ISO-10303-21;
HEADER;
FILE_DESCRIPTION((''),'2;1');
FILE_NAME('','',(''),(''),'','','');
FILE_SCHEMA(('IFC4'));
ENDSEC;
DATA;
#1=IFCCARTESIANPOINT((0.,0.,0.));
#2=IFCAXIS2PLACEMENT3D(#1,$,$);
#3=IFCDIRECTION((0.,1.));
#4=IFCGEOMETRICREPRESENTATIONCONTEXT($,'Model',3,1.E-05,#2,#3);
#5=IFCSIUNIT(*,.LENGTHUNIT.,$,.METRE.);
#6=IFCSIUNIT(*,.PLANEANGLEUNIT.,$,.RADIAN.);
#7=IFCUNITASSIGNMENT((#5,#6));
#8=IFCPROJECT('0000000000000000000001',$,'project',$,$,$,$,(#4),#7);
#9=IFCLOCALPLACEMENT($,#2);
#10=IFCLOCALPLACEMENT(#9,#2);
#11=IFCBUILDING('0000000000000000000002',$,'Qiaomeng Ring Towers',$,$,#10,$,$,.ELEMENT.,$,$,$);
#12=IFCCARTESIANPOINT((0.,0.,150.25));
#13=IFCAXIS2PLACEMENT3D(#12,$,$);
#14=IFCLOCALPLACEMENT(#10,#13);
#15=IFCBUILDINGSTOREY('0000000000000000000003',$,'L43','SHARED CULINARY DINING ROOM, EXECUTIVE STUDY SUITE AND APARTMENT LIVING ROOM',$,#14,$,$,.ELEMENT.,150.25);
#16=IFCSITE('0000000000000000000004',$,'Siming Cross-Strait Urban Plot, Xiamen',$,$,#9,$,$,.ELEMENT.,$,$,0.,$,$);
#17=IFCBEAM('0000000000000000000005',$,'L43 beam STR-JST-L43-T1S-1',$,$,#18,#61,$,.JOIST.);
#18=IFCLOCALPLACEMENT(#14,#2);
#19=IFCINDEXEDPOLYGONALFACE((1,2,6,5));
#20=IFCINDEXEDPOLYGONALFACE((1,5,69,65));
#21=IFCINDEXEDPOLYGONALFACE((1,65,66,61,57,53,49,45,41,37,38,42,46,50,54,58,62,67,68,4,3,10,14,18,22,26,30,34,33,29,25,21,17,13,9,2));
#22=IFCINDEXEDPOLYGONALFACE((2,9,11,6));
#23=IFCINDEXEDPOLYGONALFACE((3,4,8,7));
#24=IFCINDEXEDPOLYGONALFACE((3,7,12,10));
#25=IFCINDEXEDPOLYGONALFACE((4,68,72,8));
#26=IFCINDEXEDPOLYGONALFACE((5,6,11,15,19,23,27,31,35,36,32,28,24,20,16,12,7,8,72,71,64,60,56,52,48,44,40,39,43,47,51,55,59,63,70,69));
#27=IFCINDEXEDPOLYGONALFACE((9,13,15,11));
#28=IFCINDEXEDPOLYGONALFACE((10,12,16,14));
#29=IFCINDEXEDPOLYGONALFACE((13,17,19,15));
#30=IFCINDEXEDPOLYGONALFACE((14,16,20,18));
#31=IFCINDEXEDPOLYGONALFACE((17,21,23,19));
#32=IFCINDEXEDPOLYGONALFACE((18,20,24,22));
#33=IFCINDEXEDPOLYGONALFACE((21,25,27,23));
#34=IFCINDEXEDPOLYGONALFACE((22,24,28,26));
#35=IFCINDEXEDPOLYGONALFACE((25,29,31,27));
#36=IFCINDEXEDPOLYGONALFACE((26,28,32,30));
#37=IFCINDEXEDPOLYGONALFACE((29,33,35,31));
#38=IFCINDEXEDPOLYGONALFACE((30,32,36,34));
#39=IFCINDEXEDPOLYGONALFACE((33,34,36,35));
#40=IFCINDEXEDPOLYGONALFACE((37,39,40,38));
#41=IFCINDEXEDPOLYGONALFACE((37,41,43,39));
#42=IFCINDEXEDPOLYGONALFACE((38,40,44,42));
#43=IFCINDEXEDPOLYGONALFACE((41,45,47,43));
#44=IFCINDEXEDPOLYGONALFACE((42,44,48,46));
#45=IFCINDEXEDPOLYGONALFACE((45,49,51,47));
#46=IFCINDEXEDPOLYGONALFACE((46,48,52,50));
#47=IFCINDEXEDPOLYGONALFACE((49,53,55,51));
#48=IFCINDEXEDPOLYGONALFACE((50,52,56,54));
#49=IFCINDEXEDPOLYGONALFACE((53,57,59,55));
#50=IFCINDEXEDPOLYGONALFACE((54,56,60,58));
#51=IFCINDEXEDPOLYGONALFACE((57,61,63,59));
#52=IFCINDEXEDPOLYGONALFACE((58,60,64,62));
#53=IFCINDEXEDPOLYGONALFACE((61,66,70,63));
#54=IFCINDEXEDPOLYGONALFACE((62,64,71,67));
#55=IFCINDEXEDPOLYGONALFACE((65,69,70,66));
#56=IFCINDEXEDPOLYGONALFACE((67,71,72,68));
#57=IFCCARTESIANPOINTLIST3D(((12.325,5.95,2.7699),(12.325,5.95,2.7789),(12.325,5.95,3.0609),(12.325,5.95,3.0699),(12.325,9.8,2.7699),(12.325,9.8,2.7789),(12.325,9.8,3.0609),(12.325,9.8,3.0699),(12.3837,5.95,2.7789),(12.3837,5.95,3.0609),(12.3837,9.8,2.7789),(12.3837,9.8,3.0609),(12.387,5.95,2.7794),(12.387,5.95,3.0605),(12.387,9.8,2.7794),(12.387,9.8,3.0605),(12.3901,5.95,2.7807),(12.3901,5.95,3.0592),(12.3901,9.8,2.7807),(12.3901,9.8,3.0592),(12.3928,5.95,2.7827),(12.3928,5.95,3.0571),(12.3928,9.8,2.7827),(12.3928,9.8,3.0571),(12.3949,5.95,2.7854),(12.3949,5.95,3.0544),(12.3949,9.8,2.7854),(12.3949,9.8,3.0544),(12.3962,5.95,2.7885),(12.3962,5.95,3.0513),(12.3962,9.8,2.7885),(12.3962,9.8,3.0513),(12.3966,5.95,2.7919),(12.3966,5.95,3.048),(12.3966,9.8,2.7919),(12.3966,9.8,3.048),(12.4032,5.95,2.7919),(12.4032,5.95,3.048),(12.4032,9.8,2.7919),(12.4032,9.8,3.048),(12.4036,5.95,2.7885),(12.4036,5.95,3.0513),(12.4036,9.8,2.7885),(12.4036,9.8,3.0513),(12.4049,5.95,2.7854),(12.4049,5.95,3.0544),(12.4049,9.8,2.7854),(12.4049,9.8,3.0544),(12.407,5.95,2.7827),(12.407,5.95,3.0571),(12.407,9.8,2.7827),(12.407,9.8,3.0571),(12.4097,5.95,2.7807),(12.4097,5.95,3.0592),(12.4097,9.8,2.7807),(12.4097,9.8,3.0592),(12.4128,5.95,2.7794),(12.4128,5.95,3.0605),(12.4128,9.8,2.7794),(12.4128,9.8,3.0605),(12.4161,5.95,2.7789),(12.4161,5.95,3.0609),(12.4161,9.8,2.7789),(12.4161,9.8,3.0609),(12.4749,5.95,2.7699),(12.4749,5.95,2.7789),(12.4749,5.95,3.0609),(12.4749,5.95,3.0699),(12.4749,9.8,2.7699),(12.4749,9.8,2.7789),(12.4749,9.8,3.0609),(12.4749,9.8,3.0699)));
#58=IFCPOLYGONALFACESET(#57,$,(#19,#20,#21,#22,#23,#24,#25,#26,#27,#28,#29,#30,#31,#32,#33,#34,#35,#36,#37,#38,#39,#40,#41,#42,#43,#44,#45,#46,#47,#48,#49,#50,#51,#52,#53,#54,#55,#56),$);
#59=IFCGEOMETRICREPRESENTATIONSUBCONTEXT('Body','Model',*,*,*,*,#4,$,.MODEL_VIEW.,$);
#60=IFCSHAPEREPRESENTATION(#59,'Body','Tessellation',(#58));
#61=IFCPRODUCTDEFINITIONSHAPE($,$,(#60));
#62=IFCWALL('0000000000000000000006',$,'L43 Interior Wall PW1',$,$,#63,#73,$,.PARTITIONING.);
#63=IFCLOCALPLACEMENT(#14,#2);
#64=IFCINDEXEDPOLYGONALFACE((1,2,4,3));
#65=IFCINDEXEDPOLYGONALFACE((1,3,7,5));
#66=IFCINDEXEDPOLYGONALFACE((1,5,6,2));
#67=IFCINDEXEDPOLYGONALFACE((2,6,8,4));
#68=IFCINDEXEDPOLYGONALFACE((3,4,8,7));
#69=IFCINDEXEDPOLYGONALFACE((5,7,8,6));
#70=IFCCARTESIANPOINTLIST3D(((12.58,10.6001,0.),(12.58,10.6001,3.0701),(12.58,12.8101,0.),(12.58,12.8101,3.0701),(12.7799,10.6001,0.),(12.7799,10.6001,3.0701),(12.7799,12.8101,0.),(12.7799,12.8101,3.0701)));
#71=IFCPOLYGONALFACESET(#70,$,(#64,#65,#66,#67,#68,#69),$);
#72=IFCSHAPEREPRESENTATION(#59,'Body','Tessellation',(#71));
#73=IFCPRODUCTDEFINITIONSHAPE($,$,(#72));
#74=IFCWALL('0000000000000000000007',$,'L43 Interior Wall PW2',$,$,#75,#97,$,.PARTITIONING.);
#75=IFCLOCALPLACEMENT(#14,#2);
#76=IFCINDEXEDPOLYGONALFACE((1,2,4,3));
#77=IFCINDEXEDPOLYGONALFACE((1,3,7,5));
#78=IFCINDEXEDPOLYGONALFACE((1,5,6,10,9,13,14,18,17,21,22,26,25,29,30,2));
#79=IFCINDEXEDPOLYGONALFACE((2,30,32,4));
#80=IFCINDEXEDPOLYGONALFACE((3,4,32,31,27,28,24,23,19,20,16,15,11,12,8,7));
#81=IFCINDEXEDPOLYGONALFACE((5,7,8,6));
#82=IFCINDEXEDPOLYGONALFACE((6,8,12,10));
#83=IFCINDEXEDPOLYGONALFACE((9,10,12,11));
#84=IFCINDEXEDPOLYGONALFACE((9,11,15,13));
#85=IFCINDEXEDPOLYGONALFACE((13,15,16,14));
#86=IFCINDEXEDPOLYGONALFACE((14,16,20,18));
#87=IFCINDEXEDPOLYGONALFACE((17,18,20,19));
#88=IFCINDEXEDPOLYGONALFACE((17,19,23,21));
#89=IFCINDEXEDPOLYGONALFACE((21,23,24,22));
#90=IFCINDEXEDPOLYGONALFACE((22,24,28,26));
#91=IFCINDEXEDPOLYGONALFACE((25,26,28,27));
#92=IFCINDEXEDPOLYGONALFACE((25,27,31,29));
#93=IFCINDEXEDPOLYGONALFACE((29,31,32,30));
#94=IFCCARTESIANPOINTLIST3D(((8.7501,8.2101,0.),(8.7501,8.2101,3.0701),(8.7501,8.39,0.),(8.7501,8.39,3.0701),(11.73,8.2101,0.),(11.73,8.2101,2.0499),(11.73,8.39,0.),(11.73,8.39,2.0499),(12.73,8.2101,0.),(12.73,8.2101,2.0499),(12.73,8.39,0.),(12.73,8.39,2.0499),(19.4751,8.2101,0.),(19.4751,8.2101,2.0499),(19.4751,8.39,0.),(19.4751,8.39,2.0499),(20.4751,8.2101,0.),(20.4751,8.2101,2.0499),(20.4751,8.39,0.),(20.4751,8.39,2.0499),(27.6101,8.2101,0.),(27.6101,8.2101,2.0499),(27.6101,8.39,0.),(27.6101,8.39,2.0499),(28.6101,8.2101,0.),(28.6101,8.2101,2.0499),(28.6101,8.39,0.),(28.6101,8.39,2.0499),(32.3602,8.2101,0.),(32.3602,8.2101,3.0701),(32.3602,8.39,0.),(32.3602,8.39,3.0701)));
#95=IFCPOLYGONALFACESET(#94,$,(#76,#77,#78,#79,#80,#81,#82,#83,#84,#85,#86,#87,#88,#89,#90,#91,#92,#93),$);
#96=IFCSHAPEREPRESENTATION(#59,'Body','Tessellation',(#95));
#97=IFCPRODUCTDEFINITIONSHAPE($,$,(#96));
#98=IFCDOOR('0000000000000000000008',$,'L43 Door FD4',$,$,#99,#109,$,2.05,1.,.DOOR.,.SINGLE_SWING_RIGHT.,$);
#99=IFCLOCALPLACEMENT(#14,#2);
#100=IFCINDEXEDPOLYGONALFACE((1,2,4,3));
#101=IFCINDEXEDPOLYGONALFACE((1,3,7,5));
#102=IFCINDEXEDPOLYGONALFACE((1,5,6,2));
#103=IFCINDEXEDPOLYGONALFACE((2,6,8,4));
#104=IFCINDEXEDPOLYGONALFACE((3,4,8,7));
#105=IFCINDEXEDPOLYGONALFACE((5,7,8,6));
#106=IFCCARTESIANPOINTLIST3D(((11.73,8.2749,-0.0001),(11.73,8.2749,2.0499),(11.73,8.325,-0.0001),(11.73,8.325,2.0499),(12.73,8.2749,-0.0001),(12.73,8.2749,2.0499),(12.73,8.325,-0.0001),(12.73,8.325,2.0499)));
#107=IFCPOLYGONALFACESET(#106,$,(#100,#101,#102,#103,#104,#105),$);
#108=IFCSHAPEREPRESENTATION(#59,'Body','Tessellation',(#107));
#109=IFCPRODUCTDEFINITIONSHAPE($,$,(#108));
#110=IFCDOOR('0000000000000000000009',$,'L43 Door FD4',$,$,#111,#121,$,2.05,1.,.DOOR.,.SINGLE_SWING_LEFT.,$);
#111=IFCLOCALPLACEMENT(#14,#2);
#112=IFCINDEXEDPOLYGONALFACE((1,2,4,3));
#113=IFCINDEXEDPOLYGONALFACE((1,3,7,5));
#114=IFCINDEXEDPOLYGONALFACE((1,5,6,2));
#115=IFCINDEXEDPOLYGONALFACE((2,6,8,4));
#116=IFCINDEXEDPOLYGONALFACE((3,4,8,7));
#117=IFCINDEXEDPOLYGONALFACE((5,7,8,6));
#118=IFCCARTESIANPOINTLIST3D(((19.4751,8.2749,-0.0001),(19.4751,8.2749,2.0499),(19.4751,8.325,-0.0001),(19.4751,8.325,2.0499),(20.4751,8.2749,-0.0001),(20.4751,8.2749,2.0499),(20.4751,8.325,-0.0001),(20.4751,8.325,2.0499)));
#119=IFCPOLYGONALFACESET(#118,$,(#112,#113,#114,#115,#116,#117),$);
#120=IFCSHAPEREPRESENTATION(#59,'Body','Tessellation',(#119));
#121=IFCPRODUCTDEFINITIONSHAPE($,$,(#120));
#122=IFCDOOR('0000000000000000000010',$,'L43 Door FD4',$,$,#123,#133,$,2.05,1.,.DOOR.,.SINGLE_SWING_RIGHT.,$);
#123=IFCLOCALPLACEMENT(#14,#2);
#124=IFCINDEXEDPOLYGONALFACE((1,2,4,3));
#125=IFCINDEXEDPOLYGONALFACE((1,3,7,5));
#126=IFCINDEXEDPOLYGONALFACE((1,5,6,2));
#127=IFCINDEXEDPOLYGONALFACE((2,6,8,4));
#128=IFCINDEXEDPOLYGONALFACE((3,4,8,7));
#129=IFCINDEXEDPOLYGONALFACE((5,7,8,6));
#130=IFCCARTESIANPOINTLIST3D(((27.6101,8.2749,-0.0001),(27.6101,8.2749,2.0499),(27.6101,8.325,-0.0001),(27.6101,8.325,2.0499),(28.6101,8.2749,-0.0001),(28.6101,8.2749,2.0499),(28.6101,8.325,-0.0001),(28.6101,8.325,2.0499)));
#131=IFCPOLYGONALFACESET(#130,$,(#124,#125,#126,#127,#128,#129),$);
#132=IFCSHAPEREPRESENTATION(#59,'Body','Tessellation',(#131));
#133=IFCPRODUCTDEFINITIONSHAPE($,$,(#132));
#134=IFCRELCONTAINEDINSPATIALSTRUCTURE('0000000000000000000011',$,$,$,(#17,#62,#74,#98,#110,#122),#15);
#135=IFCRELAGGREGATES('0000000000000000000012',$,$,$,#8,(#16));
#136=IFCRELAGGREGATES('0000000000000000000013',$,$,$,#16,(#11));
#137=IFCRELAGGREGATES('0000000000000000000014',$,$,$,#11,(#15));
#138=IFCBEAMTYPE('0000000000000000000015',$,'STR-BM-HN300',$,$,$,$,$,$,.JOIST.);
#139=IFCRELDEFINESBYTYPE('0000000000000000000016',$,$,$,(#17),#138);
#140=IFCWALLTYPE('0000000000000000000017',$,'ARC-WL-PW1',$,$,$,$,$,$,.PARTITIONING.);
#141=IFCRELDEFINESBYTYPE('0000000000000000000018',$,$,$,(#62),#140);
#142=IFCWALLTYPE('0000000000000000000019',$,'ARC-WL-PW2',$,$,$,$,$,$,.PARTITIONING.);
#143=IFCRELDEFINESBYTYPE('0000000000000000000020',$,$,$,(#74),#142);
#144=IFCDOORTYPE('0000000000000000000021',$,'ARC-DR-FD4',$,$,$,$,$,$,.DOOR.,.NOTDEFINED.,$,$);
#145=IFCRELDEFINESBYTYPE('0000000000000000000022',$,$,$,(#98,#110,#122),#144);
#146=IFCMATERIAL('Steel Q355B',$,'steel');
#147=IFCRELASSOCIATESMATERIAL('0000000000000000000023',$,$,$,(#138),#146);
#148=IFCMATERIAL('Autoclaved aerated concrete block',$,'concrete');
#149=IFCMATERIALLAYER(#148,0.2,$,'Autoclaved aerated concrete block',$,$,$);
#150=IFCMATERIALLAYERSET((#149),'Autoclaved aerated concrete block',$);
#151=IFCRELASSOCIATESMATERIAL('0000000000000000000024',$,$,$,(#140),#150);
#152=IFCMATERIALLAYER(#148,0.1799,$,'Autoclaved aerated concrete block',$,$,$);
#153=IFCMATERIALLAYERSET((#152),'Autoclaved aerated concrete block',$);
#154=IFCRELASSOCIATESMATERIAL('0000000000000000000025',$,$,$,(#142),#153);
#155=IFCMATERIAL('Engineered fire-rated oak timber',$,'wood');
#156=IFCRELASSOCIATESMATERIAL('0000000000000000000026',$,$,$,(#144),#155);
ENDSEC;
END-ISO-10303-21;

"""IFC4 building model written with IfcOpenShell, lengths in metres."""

from ifc_helpers import new_model, si_unit, direction, frame, frame_2d, origin, origin_2d, place, context, subcontext, project, spatial, rectangle, i_section, extrude, source, transform, mapped, material, layer, layer_set, material_profile, profile_set, type_object, element, fill, save


model = new_model("IFC4")

# Units and contexts
model_context = context("Model", 3, precision=1e-05, world=origin(), true_north=direction((0.0, 1.0)))
body_context = subcontext(model_context, "Body", "Model", "MODEL_VIEW")
ifc_project = project(units=[si_unit("LENGTHUNIT", "METRE"), si_unit("PLANEANGLEUNIT", "RADIAN")], contexts=[model_context])

# Site, building, storey
site_placement = place(None, origin())
site = spatial("IfcSite", under=ifc_project, at=site_placement, Name="Siming Cross-Strait Urban Plot, Xiamen", CompositionType="ELEMENT", RefElevation=0.0)
building_placement = place(site_placement, origin())
building = spatial("IfcBuilding", under=site, at=building_placement, Name="Qiaomeng Ring Towers", CompositionType="ELEMENT")
storey_placement = place(building_placement, frame((0.0, 0.0, 150.25)))
storey = spatial("IfcBuildingStorey", under=building, at=storey_placement, Name="L43", Description="SHARED CULINARY DINING ROOM, EXECUTIVE STUDY SUITE AND APARTMENT LIVING ROOM", CompositionType="ELEMENT", Elevation=150.25)

# Beam
ifc_material_1 = material(Name="Steel Q355B", Category="steel")
ifc_material_profile = material_profile(ifc_material_1, i_section(OverallWidth=0.1499, OverallDepth=0.3, WebThickness=0.0066, FlangeThickness=0.009, FilletRadius=0.0129, at=origin_2d()), Name="HN 300x150x6.5x9")
ifc_profile_set = profile_set([ifc_material_profile], Name="Steel Q355B")
beam_type = type_object("IfcBeamType", Name="STR-BM-HN300", PredefinedType="JOIST", material=ifc_profile_set)
shared_shape_1 = source(origin(), body_context, "Body", "SweptSolid", [
    extrude(i_section(OverallWidth=0.1499, OverallDepth=0.3, WebThickness=0.0066, FlangeThickness=0.009, FilletRadius=0.0129, at=origin_2d()), origin(), (0.0, 0.0, 1.0), 3.8501),
])
beam_placement = place(storey_placement, frame((12.3999, 5.95, 2.9199), z_axis=(0.0, 1.0, 0.0), x_axis=(-1.0, 0.0, 0.0)))
element("IfcBeam", 1, at=beam_placement, inside=storey, type_object=beam_type, Name="L43 beam STR-JST-L43-T1S-1", PredefinedType="JOIST", context=body_context, shape_type="MappedRepresentation", body=[
    mapped(shared_shape_1, transform((0.0, 0.0, 0.0), x_axis=(1.0, 0.0, 0.0), y_axis=(0.0, 1.0, 0.0), z_axis=(0.0, 0.0, 1.0), scale=1.0)),
])

# Wall
ifc_material_2 = material(Name="Autoclaved aerated concrete block", Category="concrete")
ifc_layer_1 = layer(ifc_material_2, 0.2, Name="Autoclaved aerated concrete block")
ifc_layer_set_1 = layer_set([ifc_layer_1], Name="Autoclaved aerated concrete block")
wall_type_1 = type_object("IfcWallType", Name="ARC-WL-PW1", PredefinedType="PARTITIONING", material=ifc_layer_set_1)
wall_1_placement = place(storey_placement, frame((12.6799, 10.6001, 0.0), z_axis=(0.0, 0.0, 1.0), x_axis=(0.0, 1.0, 0.0)))
element("IfcWall", 2, at=wall_1_placement, inside=storey, type_object=wall_type_1, Name="L43 Interior Wall PW1", PredefinedType="PARTITIONING", context=body_context, shape_type="SweptSolid", body=[
    extrude(rectangle(XDim=2.21, YDim=0.2, at=frame_2d((1.105, 0.0))), origin(), (0.0, 0.0, 1.0), 3.0701),
])

# Wall, openings, doors
ifc_layer_2 = layer(ifc_material_2, 0.1799, Name="Autoclaved aerated concrete block")
ifc_layer_set_2 = layer_set([ifc_layer_2], Name="Autoclaved aerated concrete block")
wall_type_2 = type_object("IfcWallType", Name="ARC-WL-PW2", PredefinedType="PARTITIONING", material=ifc_layer_set_2)
wall_2_placement = place(storey_placement, frame((8.75, 8.3, 0.0), z_axis=(0.0, 0.0, 1.0), x_axis=(1.0, 0.0, 0.0)))
wall_2 = element("IfcWall", 3, at=wall_2_placement, inside=storey, type_object=wall_type_2, Name="L43 Interior Wall PW2", PredefinedType="PARTITIONING", context=body_context, shape_type="SweptSolid", body=[
    extrude(rectangle(XDim=23.6101, YDim=0.1799, at=frame_2d((11.8052, 0.0))), origin(), (0.0, 0.0, 1.0), 3.0701),
])
opening_1_placement = place(wall_2_placement, frame((2.98, 0.0, 0.0)))
opening_1 = element("IfcOpeningElement", 4, at=opening_1_placement, cuts=wall_2, PredefinedType="OPENING", context=body_context, shape_type="SweptSolid", body=[
    extrude(rectangle(XDim=1.0, YDim=2.05, at=frame_2d((0.5, 1.0249))), frame((0.0, 0.0999, 0.0), z_axis=(0.0, -1.0, 0.0), x_axis=(1.0, 0.0, 0.0)), (0.0, 0.0, 1.0), 0.2),
])
opening_2_placement = place(wall_2_placement, frame((10.7251, 0.0, 0.0)))
opening_2 = element("IfcOpeningElement", 5, at=opening_2_placement, cuts=wall_2, PredefinedType="OPENING", context=body_context, shape_type="SweptSolid", body=[
    extrude(rectangle(XDim=1.0, YDim=2.05, at=frame_2d((0.5, 1.0249))), frame((0.0, 0.0999, 0.0), z_axis=(0.0, -1.0, 0.0), x_axis=(1.0, 0.0, 0.0)), (0.0, 0.0, 1.0), 0.2),
])
opening_3_placement = place(wall_2_placement, frame((18.8601, 0.0, 0.0)))
opening_3 = element("IfcOpeningElement", 6, at=opening_3_placement, cuts=wall_2, PredefinedType="OPENING", context=body_context, shape_type="SweptSolid", body=[
    extrude(rectangle(XDim=1.0, YDim=2.05, at=frame_2d((0.5, 1.0249))), frame((0.0, 0.0999, 0.0), z_axis=(0.0, -1.0, 0.0), x_axis=(1.0, 0.0, 0.0)), (0.0, 0.0, 1.0), 0.2),
])
ifc_material_3 = material(Name="Engineered fire-rated oak timber", Category="wood")
door_type_1 = type_object("IfcDoorType", Name="ARC-DR-FD4", OperationType="NOTDEFINED", PredefinedType="DOOR", material=ifc_material_3)
shared_shape_2 = source(origin(), body_context, "Body", "SweptSolid", [
    extrude(rectangle(XDim=1.0, YDim=2.05, at=frame_2d((0.5, 1.0249))), frame((0.0, 0.0249, 0.0), z_axis=(0.0, -1.0, 0.0), x_axis=(1.0, 0.0, 0.0)), (0.0, 0.0, 1.0), 0.05),
])
door_1_placement = place(opening_1_placement, origin())
door_1 = element("IfcDoor", 7, at=door_1_placement, inside=storey, type_object=door_type_1, Name="L43 Door FD4", OperationType="SINGLE_SWING_RIGHT", OverallHeight=2.05, OverallWidth=1.0, PredefinedType="DOOR", context=body_context, shape_type="MappedRepresentation", body=[
    mapped(shared_shape_2, transform((0.0, 0.0, 0.0), x_axis=(1.0, 0.0, 0.0), y_axis=(0.0, 1.0, 0.0), z_axis=(0.0, 0.0, 1.0), scale=1.0)),
])
fill(opening_1, door_1)
door_2_placement = place(opening_2_placement, origin())
door_2 = element("IfcDoor", 8, at=door_2_placement, inside=storey, type_object=door_type_1, Name="L43 Door FD4", OperationType="SINGLE_SWING_LEFT", OverallHeight=2.05, OverallWidth=1.0, PredefinedType="DOOR", context=body_context, shape_type="MappedRepresentation", body=[
    mapped(shared_shape_2, transform((0.0, 0.0, 0.0), x_axis=(1.0, 0.0, 0.0), y_axis=(0.0, 1.0, 0.0), z_axis=(0.0, 0.0, 1.0), scale=1.0)),
])
fill(opening_2, door_2)
door_3_placement = place(opening_3_placement, origin())
door_3 = element("IfcDoor", 9, at=door_3_placement, inside=storey, type_object=door_type_1, Name="L43 Door FD4", OperationType="SINGLE_SWING_RIGHT", OverallHeight=2.05, OverallWidth=1.0, PredefinedType="DOOR", context=body_context, shape_type="MappedRepresentation", body=[
    mapped(shared_shape_2, transform((0.0, 0.0, 0.0), x_axis=(1.0, 0.0, 0.0), y_axis=(0.0, 1.0, 0.0), z_axis=(0.0, 0.0, 1.0), scale=1.0)),
])
fill(opening_3, door_3)

save(model, "model.ifc")
